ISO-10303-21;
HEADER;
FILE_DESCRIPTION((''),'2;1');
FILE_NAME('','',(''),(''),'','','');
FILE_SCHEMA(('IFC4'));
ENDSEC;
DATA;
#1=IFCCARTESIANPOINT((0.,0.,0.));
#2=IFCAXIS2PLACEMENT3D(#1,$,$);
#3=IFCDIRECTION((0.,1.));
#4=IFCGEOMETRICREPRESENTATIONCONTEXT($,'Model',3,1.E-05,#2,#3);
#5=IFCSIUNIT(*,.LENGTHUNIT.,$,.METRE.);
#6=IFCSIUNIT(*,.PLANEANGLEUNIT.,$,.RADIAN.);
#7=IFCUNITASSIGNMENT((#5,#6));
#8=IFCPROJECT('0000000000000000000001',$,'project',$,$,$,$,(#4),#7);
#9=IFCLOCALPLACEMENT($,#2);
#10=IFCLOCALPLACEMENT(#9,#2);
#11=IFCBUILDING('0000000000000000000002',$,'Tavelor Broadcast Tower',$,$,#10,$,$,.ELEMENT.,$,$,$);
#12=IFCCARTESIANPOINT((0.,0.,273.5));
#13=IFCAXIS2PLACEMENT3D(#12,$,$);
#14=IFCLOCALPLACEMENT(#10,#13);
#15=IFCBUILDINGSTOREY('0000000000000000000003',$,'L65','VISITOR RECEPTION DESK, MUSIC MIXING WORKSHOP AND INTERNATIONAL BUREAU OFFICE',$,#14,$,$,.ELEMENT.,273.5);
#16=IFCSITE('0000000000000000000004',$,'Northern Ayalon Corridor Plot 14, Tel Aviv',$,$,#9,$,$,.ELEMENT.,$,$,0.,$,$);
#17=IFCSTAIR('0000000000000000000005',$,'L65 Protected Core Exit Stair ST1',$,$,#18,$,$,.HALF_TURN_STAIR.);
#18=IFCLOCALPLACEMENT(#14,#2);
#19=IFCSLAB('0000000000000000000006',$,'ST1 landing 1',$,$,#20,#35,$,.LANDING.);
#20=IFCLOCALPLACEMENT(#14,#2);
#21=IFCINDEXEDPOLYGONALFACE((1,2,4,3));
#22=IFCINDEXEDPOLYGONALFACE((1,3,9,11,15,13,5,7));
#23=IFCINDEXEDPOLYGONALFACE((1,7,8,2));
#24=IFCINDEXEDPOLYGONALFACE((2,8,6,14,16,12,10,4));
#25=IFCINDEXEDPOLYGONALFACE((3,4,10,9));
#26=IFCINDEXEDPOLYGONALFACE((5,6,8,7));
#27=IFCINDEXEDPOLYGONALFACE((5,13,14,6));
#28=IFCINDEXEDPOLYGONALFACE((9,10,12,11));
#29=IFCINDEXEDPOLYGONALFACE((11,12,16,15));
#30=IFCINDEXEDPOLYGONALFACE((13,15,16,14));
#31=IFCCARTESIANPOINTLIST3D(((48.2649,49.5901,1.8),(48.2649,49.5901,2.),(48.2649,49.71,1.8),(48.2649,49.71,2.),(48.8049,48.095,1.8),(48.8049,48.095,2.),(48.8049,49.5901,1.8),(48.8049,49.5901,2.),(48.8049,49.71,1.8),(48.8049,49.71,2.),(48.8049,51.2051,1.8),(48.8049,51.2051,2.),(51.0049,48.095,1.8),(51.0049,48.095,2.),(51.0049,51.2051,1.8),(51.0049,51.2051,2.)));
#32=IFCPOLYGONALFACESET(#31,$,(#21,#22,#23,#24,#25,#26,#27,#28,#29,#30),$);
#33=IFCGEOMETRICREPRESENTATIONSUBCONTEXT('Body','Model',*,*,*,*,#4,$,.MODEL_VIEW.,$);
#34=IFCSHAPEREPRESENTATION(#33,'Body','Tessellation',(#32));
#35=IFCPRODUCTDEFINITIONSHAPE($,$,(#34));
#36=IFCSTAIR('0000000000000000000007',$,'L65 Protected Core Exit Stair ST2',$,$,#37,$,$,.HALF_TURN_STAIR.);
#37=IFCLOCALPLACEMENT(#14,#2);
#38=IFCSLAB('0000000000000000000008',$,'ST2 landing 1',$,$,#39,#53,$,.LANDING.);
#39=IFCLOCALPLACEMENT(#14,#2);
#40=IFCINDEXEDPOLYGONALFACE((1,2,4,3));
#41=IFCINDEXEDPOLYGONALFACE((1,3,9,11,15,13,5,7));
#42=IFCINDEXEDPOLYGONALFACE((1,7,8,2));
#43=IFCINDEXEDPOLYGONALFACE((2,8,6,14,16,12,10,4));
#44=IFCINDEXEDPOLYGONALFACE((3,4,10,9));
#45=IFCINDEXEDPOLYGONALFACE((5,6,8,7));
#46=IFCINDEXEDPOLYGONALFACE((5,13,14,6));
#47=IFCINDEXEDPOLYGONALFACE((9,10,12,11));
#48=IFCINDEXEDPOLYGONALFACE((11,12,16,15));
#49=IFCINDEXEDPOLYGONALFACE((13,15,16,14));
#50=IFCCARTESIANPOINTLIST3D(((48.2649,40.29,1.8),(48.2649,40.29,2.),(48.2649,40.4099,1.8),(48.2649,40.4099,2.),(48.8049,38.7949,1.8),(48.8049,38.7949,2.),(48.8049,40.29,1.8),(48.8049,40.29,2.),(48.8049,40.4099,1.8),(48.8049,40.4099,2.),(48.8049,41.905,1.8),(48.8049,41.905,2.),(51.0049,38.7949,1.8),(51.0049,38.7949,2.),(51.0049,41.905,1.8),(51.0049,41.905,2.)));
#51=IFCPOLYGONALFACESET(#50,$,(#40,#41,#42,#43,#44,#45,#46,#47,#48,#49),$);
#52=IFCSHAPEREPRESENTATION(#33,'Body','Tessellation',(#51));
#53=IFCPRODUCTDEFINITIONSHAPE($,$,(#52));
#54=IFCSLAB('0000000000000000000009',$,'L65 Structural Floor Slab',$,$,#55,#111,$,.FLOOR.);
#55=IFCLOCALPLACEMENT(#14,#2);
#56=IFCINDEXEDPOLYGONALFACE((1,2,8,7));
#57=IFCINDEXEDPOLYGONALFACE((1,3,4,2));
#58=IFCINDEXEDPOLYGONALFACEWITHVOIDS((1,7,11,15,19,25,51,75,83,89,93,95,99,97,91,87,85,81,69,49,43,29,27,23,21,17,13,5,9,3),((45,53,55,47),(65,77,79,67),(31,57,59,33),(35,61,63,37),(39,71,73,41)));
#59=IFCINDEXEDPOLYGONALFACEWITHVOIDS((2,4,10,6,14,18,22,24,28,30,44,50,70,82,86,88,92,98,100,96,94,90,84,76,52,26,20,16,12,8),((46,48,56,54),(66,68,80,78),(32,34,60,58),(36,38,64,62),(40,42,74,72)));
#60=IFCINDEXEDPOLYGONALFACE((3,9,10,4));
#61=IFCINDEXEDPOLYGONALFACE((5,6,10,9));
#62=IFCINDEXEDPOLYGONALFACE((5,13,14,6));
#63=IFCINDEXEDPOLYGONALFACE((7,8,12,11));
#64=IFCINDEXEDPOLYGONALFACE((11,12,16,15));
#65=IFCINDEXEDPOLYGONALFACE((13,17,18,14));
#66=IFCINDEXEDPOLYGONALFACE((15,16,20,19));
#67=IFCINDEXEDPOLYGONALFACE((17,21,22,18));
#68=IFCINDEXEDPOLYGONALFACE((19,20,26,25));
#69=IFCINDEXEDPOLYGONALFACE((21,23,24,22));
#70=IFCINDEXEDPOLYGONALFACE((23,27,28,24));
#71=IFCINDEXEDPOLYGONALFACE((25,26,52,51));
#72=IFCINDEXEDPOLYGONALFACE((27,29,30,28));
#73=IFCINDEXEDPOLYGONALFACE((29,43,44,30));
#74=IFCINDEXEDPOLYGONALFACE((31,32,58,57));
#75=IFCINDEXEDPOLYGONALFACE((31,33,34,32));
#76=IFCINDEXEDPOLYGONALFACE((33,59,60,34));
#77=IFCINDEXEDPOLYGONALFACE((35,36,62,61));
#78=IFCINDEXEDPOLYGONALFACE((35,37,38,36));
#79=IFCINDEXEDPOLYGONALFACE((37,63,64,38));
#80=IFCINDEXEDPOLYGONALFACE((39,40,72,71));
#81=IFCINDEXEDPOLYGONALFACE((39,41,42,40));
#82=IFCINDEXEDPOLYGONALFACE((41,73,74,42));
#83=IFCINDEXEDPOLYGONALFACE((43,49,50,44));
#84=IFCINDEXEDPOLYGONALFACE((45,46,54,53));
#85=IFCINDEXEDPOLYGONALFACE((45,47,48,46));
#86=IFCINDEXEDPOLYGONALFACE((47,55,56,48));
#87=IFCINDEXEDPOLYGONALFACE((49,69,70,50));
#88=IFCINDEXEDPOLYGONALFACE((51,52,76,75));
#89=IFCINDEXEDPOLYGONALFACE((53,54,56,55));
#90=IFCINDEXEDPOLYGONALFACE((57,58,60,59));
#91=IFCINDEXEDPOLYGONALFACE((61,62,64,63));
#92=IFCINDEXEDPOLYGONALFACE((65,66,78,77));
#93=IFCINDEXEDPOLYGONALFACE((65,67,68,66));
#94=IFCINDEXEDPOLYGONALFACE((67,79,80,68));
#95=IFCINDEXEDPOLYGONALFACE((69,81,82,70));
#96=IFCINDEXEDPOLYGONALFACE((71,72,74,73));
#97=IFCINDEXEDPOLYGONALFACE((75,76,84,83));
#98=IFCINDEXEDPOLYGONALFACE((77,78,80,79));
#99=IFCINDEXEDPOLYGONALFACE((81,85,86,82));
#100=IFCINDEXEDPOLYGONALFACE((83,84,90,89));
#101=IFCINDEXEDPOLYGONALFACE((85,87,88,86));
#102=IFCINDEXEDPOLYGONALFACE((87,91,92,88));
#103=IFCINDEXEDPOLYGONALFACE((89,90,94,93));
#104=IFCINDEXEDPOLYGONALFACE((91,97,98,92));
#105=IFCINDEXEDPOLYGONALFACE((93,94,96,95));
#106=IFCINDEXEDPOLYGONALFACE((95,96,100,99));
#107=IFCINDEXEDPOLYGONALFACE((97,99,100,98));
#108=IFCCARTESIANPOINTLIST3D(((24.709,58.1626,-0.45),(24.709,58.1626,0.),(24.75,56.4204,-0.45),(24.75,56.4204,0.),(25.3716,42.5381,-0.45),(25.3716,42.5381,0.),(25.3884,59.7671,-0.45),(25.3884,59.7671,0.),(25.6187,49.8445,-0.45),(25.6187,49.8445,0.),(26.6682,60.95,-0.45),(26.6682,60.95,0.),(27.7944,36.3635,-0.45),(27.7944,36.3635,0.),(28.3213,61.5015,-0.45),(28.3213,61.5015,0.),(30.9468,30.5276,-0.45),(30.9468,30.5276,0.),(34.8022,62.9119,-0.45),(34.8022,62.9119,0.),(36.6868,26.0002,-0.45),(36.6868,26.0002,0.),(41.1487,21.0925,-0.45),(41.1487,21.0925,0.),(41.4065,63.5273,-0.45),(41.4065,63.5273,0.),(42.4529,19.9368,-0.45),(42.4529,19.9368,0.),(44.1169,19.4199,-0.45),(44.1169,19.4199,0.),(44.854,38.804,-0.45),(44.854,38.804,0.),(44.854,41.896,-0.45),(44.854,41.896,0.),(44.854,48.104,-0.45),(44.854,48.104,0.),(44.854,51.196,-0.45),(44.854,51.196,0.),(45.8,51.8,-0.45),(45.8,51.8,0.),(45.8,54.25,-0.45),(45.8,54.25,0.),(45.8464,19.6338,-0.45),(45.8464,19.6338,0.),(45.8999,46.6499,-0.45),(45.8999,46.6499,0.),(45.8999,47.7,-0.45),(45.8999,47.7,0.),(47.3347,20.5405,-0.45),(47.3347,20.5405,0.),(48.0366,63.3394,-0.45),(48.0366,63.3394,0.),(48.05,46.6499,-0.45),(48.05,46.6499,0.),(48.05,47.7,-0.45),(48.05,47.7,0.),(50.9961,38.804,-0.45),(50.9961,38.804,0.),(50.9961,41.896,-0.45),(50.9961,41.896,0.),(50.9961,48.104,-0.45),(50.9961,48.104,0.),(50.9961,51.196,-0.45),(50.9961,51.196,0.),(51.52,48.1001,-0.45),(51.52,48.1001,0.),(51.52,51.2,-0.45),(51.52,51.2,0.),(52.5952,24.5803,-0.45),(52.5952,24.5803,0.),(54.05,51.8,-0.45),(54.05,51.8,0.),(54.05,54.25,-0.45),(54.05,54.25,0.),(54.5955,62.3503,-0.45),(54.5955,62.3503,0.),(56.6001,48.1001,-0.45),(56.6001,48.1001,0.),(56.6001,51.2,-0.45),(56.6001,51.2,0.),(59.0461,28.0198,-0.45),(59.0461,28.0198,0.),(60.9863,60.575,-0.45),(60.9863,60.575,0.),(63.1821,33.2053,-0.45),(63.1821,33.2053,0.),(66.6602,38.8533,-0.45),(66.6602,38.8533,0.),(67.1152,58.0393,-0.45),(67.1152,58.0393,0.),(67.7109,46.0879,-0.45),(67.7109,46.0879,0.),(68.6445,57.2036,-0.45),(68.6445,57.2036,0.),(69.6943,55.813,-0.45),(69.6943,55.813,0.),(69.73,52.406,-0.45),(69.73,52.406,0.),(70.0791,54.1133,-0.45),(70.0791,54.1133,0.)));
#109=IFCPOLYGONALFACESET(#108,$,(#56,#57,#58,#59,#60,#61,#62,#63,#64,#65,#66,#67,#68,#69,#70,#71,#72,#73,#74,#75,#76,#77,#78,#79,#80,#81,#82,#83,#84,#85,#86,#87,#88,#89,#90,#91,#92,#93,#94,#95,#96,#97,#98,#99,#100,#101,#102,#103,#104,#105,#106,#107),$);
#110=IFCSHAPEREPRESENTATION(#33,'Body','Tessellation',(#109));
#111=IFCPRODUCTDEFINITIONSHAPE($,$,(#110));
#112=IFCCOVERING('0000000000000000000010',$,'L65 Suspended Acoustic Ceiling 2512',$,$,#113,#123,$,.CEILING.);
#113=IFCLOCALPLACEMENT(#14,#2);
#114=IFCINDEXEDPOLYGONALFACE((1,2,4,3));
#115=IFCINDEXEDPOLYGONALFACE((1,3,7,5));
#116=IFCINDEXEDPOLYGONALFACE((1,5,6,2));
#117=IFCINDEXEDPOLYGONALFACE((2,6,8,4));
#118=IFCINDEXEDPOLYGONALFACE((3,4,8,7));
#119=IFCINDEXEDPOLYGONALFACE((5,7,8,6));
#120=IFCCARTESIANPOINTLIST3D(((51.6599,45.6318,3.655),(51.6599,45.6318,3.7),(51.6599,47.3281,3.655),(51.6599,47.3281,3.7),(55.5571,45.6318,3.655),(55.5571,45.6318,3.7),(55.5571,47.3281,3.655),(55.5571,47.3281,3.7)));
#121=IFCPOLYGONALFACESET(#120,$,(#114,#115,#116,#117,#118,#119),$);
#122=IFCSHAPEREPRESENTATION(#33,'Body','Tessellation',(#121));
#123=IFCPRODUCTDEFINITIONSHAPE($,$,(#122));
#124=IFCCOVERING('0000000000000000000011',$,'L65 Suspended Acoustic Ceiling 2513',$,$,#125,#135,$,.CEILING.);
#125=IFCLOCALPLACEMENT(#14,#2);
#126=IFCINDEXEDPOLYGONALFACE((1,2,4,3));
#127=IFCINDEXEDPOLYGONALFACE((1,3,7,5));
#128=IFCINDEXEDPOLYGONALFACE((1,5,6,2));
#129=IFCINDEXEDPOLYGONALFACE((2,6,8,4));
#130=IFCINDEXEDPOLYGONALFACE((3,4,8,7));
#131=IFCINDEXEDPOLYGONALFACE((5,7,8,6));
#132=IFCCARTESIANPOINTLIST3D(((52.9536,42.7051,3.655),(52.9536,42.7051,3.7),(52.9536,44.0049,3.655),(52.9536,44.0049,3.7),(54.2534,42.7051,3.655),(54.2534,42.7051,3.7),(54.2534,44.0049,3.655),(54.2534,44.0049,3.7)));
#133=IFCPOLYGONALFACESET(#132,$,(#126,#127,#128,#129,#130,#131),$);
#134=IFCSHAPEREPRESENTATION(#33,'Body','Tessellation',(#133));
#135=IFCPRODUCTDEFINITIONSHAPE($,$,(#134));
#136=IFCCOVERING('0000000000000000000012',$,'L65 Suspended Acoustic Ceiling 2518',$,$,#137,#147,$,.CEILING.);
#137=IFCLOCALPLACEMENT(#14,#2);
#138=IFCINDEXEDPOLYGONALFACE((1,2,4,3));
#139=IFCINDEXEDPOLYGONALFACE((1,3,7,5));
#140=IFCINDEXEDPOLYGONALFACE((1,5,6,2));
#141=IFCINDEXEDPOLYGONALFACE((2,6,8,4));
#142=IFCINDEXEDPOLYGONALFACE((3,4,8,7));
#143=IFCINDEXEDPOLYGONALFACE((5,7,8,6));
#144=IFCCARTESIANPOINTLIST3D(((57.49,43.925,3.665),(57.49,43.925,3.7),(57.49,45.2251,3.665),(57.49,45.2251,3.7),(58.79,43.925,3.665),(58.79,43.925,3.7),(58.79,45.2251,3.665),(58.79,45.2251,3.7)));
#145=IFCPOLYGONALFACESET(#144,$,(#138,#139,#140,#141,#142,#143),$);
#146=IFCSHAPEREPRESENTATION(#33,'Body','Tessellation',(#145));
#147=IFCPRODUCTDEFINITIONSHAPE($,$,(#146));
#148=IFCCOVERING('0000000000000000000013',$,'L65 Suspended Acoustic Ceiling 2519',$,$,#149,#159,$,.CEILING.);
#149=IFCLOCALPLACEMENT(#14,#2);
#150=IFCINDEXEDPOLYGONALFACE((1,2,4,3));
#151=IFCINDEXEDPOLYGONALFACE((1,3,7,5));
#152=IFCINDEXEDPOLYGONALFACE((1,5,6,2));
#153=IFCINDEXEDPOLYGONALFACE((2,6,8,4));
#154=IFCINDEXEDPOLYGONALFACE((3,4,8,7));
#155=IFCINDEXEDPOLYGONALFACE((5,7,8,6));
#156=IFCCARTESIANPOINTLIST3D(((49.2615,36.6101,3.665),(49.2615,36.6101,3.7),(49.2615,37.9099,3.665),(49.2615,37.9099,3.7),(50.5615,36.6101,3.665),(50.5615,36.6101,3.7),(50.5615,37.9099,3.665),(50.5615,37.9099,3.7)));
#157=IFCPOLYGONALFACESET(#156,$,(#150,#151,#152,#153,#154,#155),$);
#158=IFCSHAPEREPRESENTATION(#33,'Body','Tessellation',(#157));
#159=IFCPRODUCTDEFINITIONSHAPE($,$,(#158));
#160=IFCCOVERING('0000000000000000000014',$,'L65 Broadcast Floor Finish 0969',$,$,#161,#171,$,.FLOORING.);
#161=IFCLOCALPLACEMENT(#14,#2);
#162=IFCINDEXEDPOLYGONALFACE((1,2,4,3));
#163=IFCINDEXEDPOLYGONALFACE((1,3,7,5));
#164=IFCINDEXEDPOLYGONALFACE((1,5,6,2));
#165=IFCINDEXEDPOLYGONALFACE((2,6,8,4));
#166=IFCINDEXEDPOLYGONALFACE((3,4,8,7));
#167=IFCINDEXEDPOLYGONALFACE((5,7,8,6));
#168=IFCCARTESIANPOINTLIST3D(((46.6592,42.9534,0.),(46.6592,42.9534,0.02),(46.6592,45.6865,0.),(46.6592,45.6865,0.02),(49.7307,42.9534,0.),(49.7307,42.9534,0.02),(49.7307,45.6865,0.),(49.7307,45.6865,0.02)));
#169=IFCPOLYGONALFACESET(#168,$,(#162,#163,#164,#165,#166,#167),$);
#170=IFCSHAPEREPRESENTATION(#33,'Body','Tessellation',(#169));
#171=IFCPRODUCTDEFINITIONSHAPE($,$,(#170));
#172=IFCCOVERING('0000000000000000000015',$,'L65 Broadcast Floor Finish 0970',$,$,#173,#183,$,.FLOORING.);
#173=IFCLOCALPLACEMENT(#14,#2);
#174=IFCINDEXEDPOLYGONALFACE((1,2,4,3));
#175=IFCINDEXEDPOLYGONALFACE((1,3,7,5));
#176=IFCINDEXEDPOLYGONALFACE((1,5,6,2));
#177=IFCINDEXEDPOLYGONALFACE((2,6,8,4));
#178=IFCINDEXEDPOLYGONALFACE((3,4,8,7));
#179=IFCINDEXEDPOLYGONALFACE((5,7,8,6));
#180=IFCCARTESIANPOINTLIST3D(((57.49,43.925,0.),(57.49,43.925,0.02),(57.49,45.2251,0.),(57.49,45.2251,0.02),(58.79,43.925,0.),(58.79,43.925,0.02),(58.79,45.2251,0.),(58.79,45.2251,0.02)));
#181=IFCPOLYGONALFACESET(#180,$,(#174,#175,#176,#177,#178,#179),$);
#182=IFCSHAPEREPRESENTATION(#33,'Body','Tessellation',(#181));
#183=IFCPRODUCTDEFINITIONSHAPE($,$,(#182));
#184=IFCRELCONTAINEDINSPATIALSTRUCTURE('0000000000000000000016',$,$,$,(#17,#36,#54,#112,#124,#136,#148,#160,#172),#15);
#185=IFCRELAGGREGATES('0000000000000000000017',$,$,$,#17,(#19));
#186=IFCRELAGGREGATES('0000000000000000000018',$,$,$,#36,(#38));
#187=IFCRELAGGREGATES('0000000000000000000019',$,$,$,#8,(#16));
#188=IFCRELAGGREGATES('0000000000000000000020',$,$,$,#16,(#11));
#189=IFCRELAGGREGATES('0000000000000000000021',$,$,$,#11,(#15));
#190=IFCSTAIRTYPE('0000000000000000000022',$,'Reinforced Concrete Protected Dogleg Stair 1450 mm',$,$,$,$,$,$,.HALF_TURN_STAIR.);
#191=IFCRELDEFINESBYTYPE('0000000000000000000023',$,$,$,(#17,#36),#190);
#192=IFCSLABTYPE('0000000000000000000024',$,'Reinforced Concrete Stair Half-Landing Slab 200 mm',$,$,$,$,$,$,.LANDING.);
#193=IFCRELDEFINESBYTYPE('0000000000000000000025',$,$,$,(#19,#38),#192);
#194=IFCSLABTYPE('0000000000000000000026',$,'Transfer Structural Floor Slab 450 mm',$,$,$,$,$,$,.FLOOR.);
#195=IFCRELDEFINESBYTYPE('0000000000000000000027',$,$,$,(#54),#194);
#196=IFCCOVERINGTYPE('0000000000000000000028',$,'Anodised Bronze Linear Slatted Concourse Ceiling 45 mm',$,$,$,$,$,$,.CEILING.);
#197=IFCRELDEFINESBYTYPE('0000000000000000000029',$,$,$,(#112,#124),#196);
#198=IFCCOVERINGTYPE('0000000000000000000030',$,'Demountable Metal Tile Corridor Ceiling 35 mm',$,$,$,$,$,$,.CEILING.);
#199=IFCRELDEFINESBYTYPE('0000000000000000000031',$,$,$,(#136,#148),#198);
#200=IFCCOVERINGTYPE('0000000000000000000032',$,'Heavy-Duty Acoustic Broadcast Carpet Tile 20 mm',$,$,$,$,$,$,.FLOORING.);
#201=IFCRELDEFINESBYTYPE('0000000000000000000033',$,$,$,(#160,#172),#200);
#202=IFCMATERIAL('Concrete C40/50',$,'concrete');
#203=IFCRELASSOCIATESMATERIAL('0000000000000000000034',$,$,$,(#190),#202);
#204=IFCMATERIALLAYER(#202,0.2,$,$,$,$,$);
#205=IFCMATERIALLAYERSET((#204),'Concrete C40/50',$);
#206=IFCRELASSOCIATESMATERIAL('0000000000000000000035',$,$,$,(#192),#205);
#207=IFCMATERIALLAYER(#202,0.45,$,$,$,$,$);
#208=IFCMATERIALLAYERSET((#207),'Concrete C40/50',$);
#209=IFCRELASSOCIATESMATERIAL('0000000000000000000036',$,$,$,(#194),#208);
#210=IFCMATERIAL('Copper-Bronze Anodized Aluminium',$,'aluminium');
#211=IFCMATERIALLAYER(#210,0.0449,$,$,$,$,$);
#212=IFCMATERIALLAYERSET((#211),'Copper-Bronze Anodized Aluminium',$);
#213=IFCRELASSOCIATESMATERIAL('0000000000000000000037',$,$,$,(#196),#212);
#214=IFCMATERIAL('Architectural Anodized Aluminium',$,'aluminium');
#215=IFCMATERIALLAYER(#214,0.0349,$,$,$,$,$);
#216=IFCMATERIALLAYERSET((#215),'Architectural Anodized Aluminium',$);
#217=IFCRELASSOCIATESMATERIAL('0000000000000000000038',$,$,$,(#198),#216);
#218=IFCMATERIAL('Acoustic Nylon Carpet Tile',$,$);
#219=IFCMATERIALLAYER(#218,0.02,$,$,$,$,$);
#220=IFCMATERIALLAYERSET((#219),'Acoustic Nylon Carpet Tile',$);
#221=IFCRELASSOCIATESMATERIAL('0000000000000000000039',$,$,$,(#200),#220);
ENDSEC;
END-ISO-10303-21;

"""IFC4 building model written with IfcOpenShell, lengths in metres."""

from ifc_helpers import new_model, si_unit, direction, frame, origin, place, context, subcontext, project, spatial, polyline, outline, extrude, material, layer, layer_set, type_object, element, aggregate, save


model = new_model("IFC4")

# Units and contexts
model_context = context("Model", 3, precision=1e-05, world=origin(), true_north=direction((0.0, 1.0)))
body_context = subcontext(model_context, "Body", "Model", "MODEL_VIEW")
ifc_project = project(units=[si_unit("LENGTHUNIT", "METRE"), si_unit("PLANEANGLEUNIT", "RADIAN")], contexts=[model_context])

# Site, building, storey
site_placement = place(None, origin())
site = spatial("IfcSite", under=ifc_project, at=site_placement, Name="Northern Ayalon Corridor Plot 14, Tel Aviv", CompositionType="ELEMENT", RefElevation=0.0)
building_placement = place(site_placement, origin())
building = spatial("IfcBuilding", under=site, at=building_placement, Name="Tavelor Broadcast Tower", CompositionType="ELEMENT")
storey_placement = place(building_placement, frame((0.0, 0.0, 273.5)))
storey = spatial("IfcBuildingStorey", under=building, at=storey_placement, Name="L65", Description="VISITOR RECEPTION DESK, MUSIC MIXING WORKSHOP AND INTERNATIONAL BUREAU OFFICE", CompositionType="ELEMENT", Elevation=273.5)

# Stairs, slabs
ifc_material_1 = material(Name="Concrete C40/50", Category="concrete")
stair_type = type_object("IfcStairType", Name="Reinforced Concrete Protected Dogleg Stair 1450 mm", PredefinedType="HALF_TURN_STAIR", material=ifc_material_1)
stair_1_placement = place(storey_placement, origin())
stair_1 = element("IfcStair", 1, at=stair_1_placement, inside=storey, type_object=stair_type, Name="L65 Protected Core Exit Stair ST1", PredefinedType="HALF_TURN_STAIR")
ifc_layer_1 = layer(ifc_material_1, 0.2)
ifc_layer_set_1 = layer_set([ifc_layer_1], Name="Concrete C40/50")
slab_type_1 = type_object("IfcSlabType", Name="Reinforced Concrete Stair Half-Landing Slab 200 mm", PredefinedType="LANDING", material=ifc_layer_set_1)
slab_1_placement = place(storey_placement, frame((0.0, 0.0, 1.8)))
slab_1 = element("IfcSlab", 2, at=slab_1_placement, type_object=slab_type_1, Name="ST1 landing 1", PredefinedType="LANDING", context=body_context, shape_type="SweptSolid", body=[
    extrude(outline(polyline([(48.8049, 49.5901), (48.8049, 48.095), (51.0049, 48.095), (51.0049, 51.2051), (48.8049, 51.2051), (48.8049, 49.71), (48.2649, 49.71), (48.2649, 49.5901), (48.8049, 49.5901)])), origin(), (0.0, 0.0, 1.0), 0.2),
])
aggregate(stair_1, [slab_1])
stair_2_placement = place(storey_placement, origin())
stair_2 = element("IfcStair", 3, at=stair_2_placement, inside=storey, type_object=stair_type, Name="L65 Protected Core Exit Stair ST2", PredefinedType="HALF_TURN_STAIR")
slab_2_placement = place(storey_placement, frame((0.0, 0.0, 1.8)))
slab_2 = element("IfcSlab", 4, at=slab_2_placement, type_object=slab_type_1, Name="ST2 landing 1", PredefinedType="LANDING", context=body_context, shape_type="SweptSolid", body=[
    extrude(outline(polyline([(48.8049, 40.29), (48.8049, 38.7949), (51.0049, 38.7949), (51.0049, 41.905), (48.8049, 41.905), (48.8049, 40.4099), (48.2649, 40.4099), (48.2649, 40.29), (48.8049, 40.29)])), origin(), (0.0, 0.0, 1.0), 0.2),
])
aggregate(stair_2, [slab_2])

# Slab
ifc_layer_2 = layer(ifc_material_1, 0.45)
ifc_layer_set_2 = layer_set([ifc_layer_2], Name="Concrete C40/50")
slab_type_2 = type_object("IfcSlabType", Name="Transfer Structural Floor Slab 450 mm", PredefinedType="FLOOR", material=ifc_layer_set_2)
slab_3_placement = place(storey_placement, frame((0.0, 0.0, -0.45)))
element("IfcSlab", 5, at=slab_3_placement, inside=storey, type_object=slab_type_2, Name="L65 Structural Floor Slab", PredefinedType="FLOOR", context=body_context, shape_type="SweptSolid", body=[
    extrude(outline(polyline([(28.3213, 61.5015), (26.6682, 60.95), (25.3884, 59.7671), (24.709, 58.1626), (24.75, 56.4204), (25.6187, 49.8445), (25.3716, 42.5381), (27.7944, 36.3635), (30.9468, 30.5276), (36.6868, 26.0002), (41.1487, 21.0925), (42.4529, 19.9368), (44.1169, 19.4199), (45.8464, 19.6338), (47.3347, 20.5405), (52.5952, 24.5803), (59.0461, 28.0198), (63.1821, 33.2053), (66.6602, 38.8533), (67.7109, 46.0879), (69.73, 52.406), (70.0791, 54.1133), (69.6943, 55.813), (68.6445, 57.2036), (67.1152, 58.0393), (60.9863, 60.575), (54.5955, 62.3503), (48.0366, 63.3394), (41.4065, 63.5273), (34.8022, 62.9119), (28.3213, 61.5015)]), holes=[polyline([(50.9961, 41.896), (50.9961, 38.804), (44.854, 38.804), (44.854, 41.896), (50.9961, 41.896)]), polyline([(48.05, 47.7), (48.05, 46.6499), (45.8999, 46.6499), (45.8999, 47.7), (48.05, 47.7)]), polyline([(50.9961, 51.196), (50.9961, 48.104), (44.854, 48.104), (44.854, 51.196), (50.9961, 51.196)]), polyline([(56.6001, 48.1001), (51.52, 48.1001), (51.52, 51.2), (56.6001, 51.2), (56.6001, 48.1001)]), polyline([(54.05, 51.8), (45.8, 51.8), (45.8, 54.25), (54.05, 54.25), (54.05, 51.8)])]), origin(), (0.0, 0.0, 1.0), 0.45),
])

# Coverings
ifc_material_2 = material(Name="Copper-Bronze Anodized Aluminium", Category="aluminium")
ifc_layer_3 = layer(ifc_material_2, 0.0449)
ifc_layer_set_3 = layer_set([ifc_layer_3], Name="Copper-Bronze Anodized Aluminium")
covering_type_1 = type_object("IfcCoveringType", Name="Anodised Bronze Linear Slatted Concourse Ceiling 45 mm", PredefinedType="CEILING", material=ifc_layer_set_3)
covering_1_placement = place(storey_placement, frame((0.0, 0.0, 3.655)))
element("IfcCovering", 6, at=covering_1_placement, inside=storey, type_object=covering_type_1, Name="L65 Suspended Acoustic Ceiling 2512", PredefinedType="CEILING", context=body_context, shape_type="SweptSolid", body=[
    extrude(outline(polyline([(51.6599, 45.6318), (55.5571, 45.6318), (55.5571, 47.3281), (51.6599, 47.3281), (51.6599, 45.6318)])), origin(), (0.0, 0.0, 1.0), 0.0449),
])
covering_2_placement = place(storey_placement, frame((0.0, 0.0, 3.655)))
element("IfcCovering", 7, at=covering_2_placement, inside=storey, type_object=covering_type_1, Name="L65 Suspended Acoustic Ceiling 2513", PredefinedType="CEILING", context=body_context, shape_type="SweptSolid", body=[
    extrude(outline(polyline([(52.9536, 42.7051), (54.2534, 42.7051), (54.2534, 44.0049), (52.9536, 44.0049), (52.9536, 42.7051)])), origin(), (0.0, 0.0, 1.0), 0.0449),
])
ifc_material_3 = material(Name="Architectural Anodized Aluminium", Category="aluminium")
ifc_layer_4 = layer(ifc_material_3, 0.0349)
ifc_layer_set_4 = layer_set([ifc_layer_4], Name="Architectural Anodized Aluminium")
covering_type_2 = type_object("IfcCoveringType", Name="Demountable Metal Tile Corridor Ceiling 35 mm", PredefinedType="CEILING", material=ifc_layer_set_4)
covering_3_placement = place(storey_placement, frame((0.0, 0.0, 3.665)))
element("IfcCovering", 8, at=covering_3_placement, inside=storey, type_object=covering_type_2, Name="L65 Suspended Acoustic Ceiling 2518", PredefinedType="CEILING", context=body_context, shape_type="SweptSolid", body=[
    extrude(outline(polyline([(57.49, 43.925), (58.79, 43.925), (58.79, 45.2251), (57.49, 45.2251), (57.49, 43.925)])), origin(), (0.0, 0.0, 1.0), 0.0349),
])
covering_4_placement = place(storey_placement, frame((0.0, 0.0, 3.665)))
element("IfcCovering", 9, at=covering_4_placement, inside=storey, type_object=covering_type_2, Name="L65 Suspended Acoustic Ceiling 2519", PredefinedType="CEILING", context=body_context, shape_type="SweptSolid", body=[
    extrude(outline(polyline([(49.2615, 36.6101), (50.5615, 36.6101), (50.5615, 37.9099), (49.2615, 37.9099), (49.2615, 36.6101)])), origin(), (0.0, 0.0, 1.0), 0.0349),
])
ifc_material_4 = material(Name="Acoustic Nylon Carpet Tile")
ifc_layer_5 = layer(ifc_material_4, 0.02)
ifc_layer_set_5 = layer_set([ifc_layer_5], Name="Acoustic Nylon Carpet Tile")
covering_type_3 = type_object("IfcCoveringType", Name="Heavy-Duty Acoustic Broadcast Carpet Tile 20 mm", PredefinedType="FLOORING", material=ifc_layer_set_5)
covering_5_placement = place(storey_placement, origin())
element("IfcCovering", 10, at=covering_5_placement, inside=storey, type_object=covering_type_3, Name="L65 Broadcast Floor Finish 0969", PredefinedType="FLOORING", context=body_context, shape_type="SweptSolid", body=[
    extrude(outline(polyline([(46.6592, 42.9534), (49.7307, 42.9534), (49.7307, 45.6865), (46.6592, 45.6865), (46.6592, 42.9534)])), origin(), (0.0, 0.0, 1.0), 0.02),
])
covering_6_placement = place(storey_placement, origin())
element("IfcCovering", 11, at=covering_6_placement, inside=storey, type_object=covering_type_3, Name="L65 Broadcast Floor Finish 0970", PredefinedType="FLOORING", context=body_context, shape_type="SweptSolid", body=[
    extrude(outline(polyline([(57.49, 43.925), (58.79, 43.925), (58.79, 45.2251), (57.49, 45.2251), (57.49, 43.925)])), origin(), (0.0, 0.0, 1.0), 0.02),
])

save(model, "model.ifc")
